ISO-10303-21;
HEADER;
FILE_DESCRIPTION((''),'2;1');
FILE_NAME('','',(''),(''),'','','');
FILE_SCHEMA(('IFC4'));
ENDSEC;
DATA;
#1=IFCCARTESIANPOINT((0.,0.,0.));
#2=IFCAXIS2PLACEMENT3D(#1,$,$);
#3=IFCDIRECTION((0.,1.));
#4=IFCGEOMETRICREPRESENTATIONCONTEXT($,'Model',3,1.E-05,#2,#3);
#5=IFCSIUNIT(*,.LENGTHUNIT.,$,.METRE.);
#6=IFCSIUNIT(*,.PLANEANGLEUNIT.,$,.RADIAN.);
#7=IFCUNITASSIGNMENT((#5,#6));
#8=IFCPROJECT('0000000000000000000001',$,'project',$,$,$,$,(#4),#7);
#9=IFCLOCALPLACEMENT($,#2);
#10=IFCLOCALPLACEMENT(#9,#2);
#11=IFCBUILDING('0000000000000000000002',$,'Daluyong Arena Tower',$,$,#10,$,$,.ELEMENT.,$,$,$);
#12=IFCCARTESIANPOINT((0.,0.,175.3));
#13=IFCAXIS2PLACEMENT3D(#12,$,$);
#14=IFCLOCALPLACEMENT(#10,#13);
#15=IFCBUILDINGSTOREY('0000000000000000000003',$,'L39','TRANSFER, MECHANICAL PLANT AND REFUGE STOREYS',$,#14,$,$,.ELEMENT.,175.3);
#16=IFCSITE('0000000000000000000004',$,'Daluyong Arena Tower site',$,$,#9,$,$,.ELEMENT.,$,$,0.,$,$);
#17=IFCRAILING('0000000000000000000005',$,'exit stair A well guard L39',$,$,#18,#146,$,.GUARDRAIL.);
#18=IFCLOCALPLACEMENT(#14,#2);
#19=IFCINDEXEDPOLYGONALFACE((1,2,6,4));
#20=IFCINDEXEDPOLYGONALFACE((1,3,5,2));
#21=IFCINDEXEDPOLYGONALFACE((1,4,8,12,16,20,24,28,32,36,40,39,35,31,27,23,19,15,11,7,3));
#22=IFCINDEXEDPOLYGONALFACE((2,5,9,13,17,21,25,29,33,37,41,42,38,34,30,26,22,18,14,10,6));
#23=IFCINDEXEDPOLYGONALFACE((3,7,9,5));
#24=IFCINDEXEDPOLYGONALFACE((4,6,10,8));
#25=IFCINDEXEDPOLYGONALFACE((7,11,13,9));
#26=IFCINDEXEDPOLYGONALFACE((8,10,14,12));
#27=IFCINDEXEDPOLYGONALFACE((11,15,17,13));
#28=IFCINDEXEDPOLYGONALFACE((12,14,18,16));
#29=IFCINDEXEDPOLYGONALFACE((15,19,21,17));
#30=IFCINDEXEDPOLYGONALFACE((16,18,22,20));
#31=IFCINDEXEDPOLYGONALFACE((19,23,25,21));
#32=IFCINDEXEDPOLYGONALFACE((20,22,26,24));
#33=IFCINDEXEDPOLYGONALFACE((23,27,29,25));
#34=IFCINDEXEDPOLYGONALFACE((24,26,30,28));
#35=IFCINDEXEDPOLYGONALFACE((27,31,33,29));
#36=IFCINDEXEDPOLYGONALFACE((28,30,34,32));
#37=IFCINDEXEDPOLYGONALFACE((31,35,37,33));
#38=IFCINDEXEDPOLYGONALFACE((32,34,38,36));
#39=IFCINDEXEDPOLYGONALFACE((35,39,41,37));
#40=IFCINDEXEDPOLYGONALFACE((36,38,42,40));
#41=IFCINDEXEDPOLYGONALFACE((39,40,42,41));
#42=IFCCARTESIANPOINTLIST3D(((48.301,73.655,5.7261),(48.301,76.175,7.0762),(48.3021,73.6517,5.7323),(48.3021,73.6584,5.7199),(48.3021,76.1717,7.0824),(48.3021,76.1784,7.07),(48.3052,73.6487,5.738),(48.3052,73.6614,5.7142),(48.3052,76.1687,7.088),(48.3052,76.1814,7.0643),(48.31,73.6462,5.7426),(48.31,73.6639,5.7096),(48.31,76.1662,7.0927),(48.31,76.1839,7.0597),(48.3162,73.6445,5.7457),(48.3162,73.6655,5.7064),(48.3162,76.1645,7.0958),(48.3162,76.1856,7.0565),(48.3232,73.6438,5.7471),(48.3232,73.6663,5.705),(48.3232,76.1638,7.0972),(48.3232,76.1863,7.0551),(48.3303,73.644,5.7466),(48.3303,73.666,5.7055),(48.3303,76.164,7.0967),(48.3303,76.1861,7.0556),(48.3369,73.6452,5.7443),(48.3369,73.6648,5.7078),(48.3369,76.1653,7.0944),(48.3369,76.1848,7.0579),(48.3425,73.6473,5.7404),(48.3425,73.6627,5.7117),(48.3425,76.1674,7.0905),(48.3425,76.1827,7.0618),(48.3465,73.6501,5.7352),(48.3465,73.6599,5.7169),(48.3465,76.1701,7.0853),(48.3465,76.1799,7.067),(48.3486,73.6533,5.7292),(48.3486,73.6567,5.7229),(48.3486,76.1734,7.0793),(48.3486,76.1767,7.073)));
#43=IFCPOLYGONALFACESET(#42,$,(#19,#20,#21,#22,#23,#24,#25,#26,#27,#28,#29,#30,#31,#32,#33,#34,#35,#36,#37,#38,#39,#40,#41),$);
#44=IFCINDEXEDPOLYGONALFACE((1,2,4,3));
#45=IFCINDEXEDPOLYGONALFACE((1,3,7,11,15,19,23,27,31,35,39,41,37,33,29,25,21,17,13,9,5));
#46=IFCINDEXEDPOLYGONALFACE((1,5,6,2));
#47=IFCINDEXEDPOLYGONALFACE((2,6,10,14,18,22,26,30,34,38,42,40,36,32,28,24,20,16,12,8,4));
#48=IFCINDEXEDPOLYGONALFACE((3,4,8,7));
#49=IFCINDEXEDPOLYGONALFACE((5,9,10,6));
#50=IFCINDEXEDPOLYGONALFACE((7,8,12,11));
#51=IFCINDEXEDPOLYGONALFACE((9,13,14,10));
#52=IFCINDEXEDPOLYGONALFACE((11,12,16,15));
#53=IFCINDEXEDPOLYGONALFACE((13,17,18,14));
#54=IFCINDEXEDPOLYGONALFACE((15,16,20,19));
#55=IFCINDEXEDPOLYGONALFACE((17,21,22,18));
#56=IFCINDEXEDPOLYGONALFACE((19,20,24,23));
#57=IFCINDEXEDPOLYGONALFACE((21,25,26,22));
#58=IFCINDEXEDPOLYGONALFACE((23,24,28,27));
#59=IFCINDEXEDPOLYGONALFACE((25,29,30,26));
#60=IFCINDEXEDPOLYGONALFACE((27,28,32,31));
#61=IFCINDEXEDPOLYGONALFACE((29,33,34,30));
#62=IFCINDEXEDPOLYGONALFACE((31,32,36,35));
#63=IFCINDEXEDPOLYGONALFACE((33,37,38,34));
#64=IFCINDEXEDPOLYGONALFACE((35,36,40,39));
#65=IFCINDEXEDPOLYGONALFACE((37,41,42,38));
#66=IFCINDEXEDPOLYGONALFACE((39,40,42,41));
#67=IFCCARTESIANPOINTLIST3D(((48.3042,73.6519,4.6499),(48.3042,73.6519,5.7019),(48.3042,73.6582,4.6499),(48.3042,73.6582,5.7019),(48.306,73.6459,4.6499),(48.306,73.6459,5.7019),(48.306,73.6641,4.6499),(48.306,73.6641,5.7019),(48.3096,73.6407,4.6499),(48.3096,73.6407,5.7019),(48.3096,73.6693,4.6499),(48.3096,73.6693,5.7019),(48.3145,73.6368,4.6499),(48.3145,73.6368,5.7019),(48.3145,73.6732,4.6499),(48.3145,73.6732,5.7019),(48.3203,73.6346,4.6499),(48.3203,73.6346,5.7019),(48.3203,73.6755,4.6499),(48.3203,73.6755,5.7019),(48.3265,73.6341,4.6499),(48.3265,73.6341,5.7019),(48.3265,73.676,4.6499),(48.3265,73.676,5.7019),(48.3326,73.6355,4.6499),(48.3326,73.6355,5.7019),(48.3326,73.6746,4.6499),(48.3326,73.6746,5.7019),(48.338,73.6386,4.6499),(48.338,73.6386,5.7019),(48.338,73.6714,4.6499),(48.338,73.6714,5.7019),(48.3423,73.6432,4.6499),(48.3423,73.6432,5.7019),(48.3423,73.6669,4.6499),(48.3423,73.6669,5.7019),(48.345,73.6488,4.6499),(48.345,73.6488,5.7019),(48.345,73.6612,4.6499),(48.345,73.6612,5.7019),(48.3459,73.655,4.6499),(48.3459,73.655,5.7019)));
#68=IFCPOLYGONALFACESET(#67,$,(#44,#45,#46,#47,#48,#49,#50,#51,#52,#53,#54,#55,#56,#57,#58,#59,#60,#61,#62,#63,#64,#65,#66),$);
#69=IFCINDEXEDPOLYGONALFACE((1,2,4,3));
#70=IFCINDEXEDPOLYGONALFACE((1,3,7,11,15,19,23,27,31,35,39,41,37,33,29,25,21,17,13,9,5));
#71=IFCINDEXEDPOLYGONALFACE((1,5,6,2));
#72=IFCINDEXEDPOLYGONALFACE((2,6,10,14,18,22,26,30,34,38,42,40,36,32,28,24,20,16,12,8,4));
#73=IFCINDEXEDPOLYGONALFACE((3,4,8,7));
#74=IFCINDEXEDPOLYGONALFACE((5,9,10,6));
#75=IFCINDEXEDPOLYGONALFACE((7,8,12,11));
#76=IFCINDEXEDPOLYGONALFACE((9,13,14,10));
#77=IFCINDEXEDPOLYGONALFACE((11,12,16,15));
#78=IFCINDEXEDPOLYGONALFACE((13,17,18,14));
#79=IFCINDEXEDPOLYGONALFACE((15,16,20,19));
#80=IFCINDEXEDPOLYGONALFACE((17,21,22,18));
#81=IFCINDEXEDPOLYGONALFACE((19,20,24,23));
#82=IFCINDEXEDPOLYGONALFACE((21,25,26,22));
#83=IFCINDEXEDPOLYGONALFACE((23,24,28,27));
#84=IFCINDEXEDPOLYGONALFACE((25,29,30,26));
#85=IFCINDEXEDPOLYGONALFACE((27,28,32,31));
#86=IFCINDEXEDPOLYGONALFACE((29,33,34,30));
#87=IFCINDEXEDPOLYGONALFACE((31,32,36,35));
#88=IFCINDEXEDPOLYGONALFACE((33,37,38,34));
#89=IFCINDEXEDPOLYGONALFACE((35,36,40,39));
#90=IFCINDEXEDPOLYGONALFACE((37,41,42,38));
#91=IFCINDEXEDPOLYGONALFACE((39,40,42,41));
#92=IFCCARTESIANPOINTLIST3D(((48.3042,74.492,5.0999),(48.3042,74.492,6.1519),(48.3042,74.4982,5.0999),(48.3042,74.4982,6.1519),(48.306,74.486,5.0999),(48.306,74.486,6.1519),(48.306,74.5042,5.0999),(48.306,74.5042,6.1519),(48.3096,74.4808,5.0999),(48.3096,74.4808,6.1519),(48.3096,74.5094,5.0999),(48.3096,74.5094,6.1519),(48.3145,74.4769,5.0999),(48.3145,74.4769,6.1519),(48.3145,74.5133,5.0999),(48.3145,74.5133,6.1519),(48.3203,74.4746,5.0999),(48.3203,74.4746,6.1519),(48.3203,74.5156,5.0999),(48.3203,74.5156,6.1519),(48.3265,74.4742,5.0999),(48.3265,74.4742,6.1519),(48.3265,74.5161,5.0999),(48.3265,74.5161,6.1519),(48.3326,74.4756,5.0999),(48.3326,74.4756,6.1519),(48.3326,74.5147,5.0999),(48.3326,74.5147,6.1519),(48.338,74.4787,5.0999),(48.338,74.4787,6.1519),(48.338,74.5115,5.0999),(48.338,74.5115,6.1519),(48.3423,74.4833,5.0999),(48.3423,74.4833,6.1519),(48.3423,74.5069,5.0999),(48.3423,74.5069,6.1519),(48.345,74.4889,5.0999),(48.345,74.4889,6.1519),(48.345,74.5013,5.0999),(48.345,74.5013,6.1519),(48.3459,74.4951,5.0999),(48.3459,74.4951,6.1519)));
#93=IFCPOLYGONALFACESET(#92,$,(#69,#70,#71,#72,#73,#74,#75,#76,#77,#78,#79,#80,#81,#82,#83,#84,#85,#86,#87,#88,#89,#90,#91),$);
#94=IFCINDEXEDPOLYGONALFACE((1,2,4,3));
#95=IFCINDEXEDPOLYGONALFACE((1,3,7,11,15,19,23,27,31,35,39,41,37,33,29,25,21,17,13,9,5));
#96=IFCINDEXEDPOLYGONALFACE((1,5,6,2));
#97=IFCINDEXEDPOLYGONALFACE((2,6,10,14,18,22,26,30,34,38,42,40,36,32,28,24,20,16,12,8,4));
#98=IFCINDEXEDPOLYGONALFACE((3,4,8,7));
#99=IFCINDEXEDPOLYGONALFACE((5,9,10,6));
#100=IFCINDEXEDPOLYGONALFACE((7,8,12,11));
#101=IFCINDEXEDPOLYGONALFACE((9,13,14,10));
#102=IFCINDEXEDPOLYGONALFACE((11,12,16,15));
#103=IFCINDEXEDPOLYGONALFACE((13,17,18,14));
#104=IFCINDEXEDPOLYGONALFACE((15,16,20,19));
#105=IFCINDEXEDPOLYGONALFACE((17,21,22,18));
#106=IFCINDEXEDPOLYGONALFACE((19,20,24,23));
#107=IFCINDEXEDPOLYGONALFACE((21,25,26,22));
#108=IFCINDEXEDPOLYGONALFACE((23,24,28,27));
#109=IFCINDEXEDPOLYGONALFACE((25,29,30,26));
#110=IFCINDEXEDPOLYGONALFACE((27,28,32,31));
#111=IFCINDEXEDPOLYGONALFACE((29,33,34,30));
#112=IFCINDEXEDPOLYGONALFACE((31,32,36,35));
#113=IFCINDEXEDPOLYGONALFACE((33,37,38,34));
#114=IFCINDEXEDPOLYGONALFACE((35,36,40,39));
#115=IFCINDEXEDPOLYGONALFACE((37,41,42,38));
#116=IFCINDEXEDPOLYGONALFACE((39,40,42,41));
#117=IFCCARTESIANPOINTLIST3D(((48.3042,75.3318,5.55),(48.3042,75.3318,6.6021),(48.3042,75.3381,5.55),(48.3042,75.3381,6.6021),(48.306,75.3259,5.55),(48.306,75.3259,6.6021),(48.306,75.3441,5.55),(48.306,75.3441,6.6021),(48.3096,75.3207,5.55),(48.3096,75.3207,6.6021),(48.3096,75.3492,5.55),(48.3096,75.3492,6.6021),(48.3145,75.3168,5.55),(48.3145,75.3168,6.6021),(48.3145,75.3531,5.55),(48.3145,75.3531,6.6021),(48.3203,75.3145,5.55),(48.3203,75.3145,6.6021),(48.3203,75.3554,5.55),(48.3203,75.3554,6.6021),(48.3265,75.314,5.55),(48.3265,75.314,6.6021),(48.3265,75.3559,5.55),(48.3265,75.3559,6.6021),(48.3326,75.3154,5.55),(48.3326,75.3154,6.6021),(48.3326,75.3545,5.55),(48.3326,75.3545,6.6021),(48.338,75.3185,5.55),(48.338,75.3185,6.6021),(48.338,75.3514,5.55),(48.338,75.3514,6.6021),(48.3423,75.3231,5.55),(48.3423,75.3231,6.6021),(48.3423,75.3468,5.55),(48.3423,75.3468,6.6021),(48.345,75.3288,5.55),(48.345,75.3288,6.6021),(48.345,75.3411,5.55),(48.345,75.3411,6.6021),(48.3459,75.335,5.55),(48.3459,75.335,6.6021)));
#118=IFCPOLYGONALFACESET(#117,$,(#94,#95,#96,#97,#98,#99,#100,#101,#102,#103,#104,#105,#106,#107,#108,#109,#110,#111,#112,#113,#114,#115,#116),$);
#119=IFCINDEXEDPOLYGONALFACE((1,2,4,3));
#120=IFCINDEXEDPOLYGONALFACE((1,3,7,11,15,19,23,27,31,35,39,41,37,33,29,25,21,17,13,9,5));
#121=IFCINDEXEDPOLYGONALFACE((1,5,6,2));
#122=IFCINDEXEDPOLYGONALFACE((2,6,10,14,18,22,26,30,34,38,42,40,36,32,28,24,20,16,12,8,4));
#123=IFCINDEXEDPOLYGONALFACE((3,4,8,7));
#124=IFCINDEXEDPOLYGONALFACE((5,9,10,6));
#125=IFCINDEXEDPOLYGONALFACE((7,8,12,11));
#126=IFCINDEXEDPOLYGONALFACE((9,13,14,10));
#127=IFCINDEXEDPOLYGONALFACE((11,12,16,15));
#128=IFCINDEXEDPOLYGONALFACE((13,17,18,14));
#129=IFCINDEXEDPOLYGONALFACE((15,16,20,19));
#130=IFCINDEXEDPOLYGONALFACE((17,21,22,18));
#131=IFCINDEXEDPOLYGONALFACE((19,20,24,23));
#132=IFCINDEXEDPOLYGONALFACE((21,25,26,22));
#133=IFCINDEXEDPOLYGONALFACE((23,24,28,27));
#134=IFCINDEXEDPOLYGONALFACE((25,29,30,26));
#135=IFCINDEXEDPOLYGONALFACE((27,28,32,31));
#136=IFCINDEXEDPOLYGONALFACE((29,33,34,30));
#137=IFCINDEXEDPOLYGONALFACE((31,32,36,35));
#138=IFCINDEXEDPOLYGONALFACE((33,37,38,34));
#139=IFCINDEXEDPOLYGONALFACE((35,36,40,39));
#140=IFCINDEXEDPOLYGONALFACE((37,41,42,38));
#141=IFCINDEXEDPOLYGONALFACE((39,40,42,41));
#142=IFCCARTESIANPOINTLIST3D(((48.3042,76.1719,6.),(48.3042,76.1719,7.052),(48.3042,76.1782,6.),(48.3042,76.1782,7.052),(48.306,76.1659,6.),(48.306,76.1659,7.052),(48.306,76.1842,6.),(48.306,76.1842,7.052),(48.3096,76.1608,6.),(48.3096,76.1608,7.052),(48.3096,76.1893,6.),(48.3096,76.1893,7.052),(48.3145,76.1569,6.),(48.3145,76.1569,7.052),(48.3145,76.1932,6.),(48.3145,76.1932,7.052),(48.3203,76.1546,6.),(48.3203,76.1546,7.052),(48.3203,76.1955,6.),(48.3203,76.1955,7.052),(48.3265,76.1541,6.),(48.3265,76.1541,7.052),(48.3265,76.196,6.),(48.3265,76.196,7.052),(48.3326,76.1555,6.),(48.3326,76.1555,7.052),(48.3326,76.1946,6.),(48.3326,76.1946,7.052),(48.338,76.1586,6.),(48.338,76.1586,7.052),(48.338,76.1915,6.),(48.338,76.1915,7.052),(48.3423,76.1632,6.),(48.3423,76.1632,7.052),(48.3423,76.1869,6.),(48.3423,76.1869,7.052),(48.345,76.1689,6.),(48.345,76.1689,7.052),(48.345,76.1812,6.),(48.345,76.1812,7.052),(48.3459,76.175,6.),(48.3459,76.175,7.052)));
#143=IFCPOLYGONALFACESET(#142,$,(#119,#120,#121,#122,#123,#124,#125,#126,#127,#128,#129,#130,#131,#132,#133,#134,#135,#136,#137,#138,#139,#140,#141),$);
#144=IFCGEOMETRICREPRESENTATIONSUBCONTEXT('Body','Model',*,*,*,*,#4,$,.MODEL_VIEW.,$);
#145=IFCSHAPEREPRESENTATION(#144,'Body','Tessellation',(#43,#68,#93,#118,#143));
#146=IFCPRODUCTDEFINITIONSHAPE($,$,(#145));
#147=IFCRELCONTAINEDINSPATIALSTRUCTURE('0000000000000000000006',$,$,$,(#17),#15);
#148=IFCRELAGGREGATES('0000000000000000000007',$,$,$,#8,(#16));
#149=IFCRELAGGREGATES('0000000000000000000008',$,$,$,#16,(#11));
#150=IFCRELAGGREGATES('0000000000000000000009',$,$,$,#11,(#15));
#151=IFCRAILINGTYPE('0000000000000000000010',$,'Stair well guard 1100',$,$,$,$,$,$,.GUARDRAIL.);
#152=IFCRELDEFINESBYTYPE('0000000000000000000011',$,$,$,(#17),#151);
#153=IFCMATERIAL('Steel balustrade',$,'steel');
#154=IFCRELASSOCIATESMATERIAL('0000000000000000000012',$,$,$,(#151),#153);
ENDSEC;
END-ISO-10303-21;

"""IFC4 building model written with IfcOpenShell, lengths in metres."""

from ifc_helpers import new_model, si_unit, direction, frame, origin, origin_2d, place, context, subcontext, project, spatial, circle, extrude, material, type_object, element, save


model = new_model("IFC4")

# Units and contexts
model_context = context("Model", 3, precision=1e-05, world=origin(), true_north=direction((0.0, 1.0)))
body_context = subcontext(model_context, "Body", "Model", "MODEL_VIEW")
ifc_project = project(units=[si_unit("LENGTHUNIT", "METRE"), si_unit("PLANEANGLEUNIT", "RADIAN")], contexts=[model_context])

# Site, building, storey
site_placement = place(None, origin())
site = spatial("IfcSite", under=ifc_project, at=site_placement, Name="Daluyong Arena Tower site", CompositionType="ELEMENT", RefElevation=0.0)
building_placement = place(site_placement, origin())
building = spatial("IfcBuilding", under=site, at=building_placement, Name="Daluyong Arena Tower", CompositionType="ELEMENT")
storey_placement = place(building_placement, frame((0.0, 0.0, 175.3)))
storey = spatial("IfcBuildingStorey", under=building, at=storey_placement, Name="L39", Description="TRANSFER, MECHANICAL PLANT AND REFUGE STOREYS", CompositionType="ELEMENT", Elevation=175.3)

# Railing
ifc_material_1 = material(Name="Steel balustrade", Category="steel")
railing_type_1 = type_object("IfcRailingType", Name="Stair well guard 1100", PredefinedType="GUARDRAIL", material=ifc_material_1)
railing_1_placement = place(storey_placement, frame((48.325, 73.655, 4.6499)))
element("IfcRailing", 1, at=railing_1_placement, inside=storey, type_object=railing_type_1, Name="exit stair A well guard L39", PredefinedType="GUARDRAIL", context=body_context, shape_type="SweptSolid", body=[
    extrude(circle(Radius=0.0239, at=origin_2d()), frame((0.0, 0.0, 1.0762), z_axis=(0.0, 0.881467, 0.472245), x_axis=(-1.0, 0.0, 0.0)), (0.0, 0.0, 1.0), 2.8589),
    extrude(circle(Radius=0.021, at=origin_2d()), origin(), (0.0, 0.0, 1.0), 1.052),
    extrude(circle(Radius=0.021, at=origin_2d()), frame((0.0, 0.8401, 0.45)), (0.0, 0.0, 1.0), 1.052),
    extrude(circle(Radius=0.021, at=origin_2d()), frame((0.0, 1.6799, 0.9001)), (0.0, 0.0, 1.0), 1.052),
    extrude(circle(Radius=0.021, at=origin_2d()), frame((0.0, 2.52, 1.3501)), (0.0, 0.0, 1.0), 1.052),
])

save(model, "model.ifc")
